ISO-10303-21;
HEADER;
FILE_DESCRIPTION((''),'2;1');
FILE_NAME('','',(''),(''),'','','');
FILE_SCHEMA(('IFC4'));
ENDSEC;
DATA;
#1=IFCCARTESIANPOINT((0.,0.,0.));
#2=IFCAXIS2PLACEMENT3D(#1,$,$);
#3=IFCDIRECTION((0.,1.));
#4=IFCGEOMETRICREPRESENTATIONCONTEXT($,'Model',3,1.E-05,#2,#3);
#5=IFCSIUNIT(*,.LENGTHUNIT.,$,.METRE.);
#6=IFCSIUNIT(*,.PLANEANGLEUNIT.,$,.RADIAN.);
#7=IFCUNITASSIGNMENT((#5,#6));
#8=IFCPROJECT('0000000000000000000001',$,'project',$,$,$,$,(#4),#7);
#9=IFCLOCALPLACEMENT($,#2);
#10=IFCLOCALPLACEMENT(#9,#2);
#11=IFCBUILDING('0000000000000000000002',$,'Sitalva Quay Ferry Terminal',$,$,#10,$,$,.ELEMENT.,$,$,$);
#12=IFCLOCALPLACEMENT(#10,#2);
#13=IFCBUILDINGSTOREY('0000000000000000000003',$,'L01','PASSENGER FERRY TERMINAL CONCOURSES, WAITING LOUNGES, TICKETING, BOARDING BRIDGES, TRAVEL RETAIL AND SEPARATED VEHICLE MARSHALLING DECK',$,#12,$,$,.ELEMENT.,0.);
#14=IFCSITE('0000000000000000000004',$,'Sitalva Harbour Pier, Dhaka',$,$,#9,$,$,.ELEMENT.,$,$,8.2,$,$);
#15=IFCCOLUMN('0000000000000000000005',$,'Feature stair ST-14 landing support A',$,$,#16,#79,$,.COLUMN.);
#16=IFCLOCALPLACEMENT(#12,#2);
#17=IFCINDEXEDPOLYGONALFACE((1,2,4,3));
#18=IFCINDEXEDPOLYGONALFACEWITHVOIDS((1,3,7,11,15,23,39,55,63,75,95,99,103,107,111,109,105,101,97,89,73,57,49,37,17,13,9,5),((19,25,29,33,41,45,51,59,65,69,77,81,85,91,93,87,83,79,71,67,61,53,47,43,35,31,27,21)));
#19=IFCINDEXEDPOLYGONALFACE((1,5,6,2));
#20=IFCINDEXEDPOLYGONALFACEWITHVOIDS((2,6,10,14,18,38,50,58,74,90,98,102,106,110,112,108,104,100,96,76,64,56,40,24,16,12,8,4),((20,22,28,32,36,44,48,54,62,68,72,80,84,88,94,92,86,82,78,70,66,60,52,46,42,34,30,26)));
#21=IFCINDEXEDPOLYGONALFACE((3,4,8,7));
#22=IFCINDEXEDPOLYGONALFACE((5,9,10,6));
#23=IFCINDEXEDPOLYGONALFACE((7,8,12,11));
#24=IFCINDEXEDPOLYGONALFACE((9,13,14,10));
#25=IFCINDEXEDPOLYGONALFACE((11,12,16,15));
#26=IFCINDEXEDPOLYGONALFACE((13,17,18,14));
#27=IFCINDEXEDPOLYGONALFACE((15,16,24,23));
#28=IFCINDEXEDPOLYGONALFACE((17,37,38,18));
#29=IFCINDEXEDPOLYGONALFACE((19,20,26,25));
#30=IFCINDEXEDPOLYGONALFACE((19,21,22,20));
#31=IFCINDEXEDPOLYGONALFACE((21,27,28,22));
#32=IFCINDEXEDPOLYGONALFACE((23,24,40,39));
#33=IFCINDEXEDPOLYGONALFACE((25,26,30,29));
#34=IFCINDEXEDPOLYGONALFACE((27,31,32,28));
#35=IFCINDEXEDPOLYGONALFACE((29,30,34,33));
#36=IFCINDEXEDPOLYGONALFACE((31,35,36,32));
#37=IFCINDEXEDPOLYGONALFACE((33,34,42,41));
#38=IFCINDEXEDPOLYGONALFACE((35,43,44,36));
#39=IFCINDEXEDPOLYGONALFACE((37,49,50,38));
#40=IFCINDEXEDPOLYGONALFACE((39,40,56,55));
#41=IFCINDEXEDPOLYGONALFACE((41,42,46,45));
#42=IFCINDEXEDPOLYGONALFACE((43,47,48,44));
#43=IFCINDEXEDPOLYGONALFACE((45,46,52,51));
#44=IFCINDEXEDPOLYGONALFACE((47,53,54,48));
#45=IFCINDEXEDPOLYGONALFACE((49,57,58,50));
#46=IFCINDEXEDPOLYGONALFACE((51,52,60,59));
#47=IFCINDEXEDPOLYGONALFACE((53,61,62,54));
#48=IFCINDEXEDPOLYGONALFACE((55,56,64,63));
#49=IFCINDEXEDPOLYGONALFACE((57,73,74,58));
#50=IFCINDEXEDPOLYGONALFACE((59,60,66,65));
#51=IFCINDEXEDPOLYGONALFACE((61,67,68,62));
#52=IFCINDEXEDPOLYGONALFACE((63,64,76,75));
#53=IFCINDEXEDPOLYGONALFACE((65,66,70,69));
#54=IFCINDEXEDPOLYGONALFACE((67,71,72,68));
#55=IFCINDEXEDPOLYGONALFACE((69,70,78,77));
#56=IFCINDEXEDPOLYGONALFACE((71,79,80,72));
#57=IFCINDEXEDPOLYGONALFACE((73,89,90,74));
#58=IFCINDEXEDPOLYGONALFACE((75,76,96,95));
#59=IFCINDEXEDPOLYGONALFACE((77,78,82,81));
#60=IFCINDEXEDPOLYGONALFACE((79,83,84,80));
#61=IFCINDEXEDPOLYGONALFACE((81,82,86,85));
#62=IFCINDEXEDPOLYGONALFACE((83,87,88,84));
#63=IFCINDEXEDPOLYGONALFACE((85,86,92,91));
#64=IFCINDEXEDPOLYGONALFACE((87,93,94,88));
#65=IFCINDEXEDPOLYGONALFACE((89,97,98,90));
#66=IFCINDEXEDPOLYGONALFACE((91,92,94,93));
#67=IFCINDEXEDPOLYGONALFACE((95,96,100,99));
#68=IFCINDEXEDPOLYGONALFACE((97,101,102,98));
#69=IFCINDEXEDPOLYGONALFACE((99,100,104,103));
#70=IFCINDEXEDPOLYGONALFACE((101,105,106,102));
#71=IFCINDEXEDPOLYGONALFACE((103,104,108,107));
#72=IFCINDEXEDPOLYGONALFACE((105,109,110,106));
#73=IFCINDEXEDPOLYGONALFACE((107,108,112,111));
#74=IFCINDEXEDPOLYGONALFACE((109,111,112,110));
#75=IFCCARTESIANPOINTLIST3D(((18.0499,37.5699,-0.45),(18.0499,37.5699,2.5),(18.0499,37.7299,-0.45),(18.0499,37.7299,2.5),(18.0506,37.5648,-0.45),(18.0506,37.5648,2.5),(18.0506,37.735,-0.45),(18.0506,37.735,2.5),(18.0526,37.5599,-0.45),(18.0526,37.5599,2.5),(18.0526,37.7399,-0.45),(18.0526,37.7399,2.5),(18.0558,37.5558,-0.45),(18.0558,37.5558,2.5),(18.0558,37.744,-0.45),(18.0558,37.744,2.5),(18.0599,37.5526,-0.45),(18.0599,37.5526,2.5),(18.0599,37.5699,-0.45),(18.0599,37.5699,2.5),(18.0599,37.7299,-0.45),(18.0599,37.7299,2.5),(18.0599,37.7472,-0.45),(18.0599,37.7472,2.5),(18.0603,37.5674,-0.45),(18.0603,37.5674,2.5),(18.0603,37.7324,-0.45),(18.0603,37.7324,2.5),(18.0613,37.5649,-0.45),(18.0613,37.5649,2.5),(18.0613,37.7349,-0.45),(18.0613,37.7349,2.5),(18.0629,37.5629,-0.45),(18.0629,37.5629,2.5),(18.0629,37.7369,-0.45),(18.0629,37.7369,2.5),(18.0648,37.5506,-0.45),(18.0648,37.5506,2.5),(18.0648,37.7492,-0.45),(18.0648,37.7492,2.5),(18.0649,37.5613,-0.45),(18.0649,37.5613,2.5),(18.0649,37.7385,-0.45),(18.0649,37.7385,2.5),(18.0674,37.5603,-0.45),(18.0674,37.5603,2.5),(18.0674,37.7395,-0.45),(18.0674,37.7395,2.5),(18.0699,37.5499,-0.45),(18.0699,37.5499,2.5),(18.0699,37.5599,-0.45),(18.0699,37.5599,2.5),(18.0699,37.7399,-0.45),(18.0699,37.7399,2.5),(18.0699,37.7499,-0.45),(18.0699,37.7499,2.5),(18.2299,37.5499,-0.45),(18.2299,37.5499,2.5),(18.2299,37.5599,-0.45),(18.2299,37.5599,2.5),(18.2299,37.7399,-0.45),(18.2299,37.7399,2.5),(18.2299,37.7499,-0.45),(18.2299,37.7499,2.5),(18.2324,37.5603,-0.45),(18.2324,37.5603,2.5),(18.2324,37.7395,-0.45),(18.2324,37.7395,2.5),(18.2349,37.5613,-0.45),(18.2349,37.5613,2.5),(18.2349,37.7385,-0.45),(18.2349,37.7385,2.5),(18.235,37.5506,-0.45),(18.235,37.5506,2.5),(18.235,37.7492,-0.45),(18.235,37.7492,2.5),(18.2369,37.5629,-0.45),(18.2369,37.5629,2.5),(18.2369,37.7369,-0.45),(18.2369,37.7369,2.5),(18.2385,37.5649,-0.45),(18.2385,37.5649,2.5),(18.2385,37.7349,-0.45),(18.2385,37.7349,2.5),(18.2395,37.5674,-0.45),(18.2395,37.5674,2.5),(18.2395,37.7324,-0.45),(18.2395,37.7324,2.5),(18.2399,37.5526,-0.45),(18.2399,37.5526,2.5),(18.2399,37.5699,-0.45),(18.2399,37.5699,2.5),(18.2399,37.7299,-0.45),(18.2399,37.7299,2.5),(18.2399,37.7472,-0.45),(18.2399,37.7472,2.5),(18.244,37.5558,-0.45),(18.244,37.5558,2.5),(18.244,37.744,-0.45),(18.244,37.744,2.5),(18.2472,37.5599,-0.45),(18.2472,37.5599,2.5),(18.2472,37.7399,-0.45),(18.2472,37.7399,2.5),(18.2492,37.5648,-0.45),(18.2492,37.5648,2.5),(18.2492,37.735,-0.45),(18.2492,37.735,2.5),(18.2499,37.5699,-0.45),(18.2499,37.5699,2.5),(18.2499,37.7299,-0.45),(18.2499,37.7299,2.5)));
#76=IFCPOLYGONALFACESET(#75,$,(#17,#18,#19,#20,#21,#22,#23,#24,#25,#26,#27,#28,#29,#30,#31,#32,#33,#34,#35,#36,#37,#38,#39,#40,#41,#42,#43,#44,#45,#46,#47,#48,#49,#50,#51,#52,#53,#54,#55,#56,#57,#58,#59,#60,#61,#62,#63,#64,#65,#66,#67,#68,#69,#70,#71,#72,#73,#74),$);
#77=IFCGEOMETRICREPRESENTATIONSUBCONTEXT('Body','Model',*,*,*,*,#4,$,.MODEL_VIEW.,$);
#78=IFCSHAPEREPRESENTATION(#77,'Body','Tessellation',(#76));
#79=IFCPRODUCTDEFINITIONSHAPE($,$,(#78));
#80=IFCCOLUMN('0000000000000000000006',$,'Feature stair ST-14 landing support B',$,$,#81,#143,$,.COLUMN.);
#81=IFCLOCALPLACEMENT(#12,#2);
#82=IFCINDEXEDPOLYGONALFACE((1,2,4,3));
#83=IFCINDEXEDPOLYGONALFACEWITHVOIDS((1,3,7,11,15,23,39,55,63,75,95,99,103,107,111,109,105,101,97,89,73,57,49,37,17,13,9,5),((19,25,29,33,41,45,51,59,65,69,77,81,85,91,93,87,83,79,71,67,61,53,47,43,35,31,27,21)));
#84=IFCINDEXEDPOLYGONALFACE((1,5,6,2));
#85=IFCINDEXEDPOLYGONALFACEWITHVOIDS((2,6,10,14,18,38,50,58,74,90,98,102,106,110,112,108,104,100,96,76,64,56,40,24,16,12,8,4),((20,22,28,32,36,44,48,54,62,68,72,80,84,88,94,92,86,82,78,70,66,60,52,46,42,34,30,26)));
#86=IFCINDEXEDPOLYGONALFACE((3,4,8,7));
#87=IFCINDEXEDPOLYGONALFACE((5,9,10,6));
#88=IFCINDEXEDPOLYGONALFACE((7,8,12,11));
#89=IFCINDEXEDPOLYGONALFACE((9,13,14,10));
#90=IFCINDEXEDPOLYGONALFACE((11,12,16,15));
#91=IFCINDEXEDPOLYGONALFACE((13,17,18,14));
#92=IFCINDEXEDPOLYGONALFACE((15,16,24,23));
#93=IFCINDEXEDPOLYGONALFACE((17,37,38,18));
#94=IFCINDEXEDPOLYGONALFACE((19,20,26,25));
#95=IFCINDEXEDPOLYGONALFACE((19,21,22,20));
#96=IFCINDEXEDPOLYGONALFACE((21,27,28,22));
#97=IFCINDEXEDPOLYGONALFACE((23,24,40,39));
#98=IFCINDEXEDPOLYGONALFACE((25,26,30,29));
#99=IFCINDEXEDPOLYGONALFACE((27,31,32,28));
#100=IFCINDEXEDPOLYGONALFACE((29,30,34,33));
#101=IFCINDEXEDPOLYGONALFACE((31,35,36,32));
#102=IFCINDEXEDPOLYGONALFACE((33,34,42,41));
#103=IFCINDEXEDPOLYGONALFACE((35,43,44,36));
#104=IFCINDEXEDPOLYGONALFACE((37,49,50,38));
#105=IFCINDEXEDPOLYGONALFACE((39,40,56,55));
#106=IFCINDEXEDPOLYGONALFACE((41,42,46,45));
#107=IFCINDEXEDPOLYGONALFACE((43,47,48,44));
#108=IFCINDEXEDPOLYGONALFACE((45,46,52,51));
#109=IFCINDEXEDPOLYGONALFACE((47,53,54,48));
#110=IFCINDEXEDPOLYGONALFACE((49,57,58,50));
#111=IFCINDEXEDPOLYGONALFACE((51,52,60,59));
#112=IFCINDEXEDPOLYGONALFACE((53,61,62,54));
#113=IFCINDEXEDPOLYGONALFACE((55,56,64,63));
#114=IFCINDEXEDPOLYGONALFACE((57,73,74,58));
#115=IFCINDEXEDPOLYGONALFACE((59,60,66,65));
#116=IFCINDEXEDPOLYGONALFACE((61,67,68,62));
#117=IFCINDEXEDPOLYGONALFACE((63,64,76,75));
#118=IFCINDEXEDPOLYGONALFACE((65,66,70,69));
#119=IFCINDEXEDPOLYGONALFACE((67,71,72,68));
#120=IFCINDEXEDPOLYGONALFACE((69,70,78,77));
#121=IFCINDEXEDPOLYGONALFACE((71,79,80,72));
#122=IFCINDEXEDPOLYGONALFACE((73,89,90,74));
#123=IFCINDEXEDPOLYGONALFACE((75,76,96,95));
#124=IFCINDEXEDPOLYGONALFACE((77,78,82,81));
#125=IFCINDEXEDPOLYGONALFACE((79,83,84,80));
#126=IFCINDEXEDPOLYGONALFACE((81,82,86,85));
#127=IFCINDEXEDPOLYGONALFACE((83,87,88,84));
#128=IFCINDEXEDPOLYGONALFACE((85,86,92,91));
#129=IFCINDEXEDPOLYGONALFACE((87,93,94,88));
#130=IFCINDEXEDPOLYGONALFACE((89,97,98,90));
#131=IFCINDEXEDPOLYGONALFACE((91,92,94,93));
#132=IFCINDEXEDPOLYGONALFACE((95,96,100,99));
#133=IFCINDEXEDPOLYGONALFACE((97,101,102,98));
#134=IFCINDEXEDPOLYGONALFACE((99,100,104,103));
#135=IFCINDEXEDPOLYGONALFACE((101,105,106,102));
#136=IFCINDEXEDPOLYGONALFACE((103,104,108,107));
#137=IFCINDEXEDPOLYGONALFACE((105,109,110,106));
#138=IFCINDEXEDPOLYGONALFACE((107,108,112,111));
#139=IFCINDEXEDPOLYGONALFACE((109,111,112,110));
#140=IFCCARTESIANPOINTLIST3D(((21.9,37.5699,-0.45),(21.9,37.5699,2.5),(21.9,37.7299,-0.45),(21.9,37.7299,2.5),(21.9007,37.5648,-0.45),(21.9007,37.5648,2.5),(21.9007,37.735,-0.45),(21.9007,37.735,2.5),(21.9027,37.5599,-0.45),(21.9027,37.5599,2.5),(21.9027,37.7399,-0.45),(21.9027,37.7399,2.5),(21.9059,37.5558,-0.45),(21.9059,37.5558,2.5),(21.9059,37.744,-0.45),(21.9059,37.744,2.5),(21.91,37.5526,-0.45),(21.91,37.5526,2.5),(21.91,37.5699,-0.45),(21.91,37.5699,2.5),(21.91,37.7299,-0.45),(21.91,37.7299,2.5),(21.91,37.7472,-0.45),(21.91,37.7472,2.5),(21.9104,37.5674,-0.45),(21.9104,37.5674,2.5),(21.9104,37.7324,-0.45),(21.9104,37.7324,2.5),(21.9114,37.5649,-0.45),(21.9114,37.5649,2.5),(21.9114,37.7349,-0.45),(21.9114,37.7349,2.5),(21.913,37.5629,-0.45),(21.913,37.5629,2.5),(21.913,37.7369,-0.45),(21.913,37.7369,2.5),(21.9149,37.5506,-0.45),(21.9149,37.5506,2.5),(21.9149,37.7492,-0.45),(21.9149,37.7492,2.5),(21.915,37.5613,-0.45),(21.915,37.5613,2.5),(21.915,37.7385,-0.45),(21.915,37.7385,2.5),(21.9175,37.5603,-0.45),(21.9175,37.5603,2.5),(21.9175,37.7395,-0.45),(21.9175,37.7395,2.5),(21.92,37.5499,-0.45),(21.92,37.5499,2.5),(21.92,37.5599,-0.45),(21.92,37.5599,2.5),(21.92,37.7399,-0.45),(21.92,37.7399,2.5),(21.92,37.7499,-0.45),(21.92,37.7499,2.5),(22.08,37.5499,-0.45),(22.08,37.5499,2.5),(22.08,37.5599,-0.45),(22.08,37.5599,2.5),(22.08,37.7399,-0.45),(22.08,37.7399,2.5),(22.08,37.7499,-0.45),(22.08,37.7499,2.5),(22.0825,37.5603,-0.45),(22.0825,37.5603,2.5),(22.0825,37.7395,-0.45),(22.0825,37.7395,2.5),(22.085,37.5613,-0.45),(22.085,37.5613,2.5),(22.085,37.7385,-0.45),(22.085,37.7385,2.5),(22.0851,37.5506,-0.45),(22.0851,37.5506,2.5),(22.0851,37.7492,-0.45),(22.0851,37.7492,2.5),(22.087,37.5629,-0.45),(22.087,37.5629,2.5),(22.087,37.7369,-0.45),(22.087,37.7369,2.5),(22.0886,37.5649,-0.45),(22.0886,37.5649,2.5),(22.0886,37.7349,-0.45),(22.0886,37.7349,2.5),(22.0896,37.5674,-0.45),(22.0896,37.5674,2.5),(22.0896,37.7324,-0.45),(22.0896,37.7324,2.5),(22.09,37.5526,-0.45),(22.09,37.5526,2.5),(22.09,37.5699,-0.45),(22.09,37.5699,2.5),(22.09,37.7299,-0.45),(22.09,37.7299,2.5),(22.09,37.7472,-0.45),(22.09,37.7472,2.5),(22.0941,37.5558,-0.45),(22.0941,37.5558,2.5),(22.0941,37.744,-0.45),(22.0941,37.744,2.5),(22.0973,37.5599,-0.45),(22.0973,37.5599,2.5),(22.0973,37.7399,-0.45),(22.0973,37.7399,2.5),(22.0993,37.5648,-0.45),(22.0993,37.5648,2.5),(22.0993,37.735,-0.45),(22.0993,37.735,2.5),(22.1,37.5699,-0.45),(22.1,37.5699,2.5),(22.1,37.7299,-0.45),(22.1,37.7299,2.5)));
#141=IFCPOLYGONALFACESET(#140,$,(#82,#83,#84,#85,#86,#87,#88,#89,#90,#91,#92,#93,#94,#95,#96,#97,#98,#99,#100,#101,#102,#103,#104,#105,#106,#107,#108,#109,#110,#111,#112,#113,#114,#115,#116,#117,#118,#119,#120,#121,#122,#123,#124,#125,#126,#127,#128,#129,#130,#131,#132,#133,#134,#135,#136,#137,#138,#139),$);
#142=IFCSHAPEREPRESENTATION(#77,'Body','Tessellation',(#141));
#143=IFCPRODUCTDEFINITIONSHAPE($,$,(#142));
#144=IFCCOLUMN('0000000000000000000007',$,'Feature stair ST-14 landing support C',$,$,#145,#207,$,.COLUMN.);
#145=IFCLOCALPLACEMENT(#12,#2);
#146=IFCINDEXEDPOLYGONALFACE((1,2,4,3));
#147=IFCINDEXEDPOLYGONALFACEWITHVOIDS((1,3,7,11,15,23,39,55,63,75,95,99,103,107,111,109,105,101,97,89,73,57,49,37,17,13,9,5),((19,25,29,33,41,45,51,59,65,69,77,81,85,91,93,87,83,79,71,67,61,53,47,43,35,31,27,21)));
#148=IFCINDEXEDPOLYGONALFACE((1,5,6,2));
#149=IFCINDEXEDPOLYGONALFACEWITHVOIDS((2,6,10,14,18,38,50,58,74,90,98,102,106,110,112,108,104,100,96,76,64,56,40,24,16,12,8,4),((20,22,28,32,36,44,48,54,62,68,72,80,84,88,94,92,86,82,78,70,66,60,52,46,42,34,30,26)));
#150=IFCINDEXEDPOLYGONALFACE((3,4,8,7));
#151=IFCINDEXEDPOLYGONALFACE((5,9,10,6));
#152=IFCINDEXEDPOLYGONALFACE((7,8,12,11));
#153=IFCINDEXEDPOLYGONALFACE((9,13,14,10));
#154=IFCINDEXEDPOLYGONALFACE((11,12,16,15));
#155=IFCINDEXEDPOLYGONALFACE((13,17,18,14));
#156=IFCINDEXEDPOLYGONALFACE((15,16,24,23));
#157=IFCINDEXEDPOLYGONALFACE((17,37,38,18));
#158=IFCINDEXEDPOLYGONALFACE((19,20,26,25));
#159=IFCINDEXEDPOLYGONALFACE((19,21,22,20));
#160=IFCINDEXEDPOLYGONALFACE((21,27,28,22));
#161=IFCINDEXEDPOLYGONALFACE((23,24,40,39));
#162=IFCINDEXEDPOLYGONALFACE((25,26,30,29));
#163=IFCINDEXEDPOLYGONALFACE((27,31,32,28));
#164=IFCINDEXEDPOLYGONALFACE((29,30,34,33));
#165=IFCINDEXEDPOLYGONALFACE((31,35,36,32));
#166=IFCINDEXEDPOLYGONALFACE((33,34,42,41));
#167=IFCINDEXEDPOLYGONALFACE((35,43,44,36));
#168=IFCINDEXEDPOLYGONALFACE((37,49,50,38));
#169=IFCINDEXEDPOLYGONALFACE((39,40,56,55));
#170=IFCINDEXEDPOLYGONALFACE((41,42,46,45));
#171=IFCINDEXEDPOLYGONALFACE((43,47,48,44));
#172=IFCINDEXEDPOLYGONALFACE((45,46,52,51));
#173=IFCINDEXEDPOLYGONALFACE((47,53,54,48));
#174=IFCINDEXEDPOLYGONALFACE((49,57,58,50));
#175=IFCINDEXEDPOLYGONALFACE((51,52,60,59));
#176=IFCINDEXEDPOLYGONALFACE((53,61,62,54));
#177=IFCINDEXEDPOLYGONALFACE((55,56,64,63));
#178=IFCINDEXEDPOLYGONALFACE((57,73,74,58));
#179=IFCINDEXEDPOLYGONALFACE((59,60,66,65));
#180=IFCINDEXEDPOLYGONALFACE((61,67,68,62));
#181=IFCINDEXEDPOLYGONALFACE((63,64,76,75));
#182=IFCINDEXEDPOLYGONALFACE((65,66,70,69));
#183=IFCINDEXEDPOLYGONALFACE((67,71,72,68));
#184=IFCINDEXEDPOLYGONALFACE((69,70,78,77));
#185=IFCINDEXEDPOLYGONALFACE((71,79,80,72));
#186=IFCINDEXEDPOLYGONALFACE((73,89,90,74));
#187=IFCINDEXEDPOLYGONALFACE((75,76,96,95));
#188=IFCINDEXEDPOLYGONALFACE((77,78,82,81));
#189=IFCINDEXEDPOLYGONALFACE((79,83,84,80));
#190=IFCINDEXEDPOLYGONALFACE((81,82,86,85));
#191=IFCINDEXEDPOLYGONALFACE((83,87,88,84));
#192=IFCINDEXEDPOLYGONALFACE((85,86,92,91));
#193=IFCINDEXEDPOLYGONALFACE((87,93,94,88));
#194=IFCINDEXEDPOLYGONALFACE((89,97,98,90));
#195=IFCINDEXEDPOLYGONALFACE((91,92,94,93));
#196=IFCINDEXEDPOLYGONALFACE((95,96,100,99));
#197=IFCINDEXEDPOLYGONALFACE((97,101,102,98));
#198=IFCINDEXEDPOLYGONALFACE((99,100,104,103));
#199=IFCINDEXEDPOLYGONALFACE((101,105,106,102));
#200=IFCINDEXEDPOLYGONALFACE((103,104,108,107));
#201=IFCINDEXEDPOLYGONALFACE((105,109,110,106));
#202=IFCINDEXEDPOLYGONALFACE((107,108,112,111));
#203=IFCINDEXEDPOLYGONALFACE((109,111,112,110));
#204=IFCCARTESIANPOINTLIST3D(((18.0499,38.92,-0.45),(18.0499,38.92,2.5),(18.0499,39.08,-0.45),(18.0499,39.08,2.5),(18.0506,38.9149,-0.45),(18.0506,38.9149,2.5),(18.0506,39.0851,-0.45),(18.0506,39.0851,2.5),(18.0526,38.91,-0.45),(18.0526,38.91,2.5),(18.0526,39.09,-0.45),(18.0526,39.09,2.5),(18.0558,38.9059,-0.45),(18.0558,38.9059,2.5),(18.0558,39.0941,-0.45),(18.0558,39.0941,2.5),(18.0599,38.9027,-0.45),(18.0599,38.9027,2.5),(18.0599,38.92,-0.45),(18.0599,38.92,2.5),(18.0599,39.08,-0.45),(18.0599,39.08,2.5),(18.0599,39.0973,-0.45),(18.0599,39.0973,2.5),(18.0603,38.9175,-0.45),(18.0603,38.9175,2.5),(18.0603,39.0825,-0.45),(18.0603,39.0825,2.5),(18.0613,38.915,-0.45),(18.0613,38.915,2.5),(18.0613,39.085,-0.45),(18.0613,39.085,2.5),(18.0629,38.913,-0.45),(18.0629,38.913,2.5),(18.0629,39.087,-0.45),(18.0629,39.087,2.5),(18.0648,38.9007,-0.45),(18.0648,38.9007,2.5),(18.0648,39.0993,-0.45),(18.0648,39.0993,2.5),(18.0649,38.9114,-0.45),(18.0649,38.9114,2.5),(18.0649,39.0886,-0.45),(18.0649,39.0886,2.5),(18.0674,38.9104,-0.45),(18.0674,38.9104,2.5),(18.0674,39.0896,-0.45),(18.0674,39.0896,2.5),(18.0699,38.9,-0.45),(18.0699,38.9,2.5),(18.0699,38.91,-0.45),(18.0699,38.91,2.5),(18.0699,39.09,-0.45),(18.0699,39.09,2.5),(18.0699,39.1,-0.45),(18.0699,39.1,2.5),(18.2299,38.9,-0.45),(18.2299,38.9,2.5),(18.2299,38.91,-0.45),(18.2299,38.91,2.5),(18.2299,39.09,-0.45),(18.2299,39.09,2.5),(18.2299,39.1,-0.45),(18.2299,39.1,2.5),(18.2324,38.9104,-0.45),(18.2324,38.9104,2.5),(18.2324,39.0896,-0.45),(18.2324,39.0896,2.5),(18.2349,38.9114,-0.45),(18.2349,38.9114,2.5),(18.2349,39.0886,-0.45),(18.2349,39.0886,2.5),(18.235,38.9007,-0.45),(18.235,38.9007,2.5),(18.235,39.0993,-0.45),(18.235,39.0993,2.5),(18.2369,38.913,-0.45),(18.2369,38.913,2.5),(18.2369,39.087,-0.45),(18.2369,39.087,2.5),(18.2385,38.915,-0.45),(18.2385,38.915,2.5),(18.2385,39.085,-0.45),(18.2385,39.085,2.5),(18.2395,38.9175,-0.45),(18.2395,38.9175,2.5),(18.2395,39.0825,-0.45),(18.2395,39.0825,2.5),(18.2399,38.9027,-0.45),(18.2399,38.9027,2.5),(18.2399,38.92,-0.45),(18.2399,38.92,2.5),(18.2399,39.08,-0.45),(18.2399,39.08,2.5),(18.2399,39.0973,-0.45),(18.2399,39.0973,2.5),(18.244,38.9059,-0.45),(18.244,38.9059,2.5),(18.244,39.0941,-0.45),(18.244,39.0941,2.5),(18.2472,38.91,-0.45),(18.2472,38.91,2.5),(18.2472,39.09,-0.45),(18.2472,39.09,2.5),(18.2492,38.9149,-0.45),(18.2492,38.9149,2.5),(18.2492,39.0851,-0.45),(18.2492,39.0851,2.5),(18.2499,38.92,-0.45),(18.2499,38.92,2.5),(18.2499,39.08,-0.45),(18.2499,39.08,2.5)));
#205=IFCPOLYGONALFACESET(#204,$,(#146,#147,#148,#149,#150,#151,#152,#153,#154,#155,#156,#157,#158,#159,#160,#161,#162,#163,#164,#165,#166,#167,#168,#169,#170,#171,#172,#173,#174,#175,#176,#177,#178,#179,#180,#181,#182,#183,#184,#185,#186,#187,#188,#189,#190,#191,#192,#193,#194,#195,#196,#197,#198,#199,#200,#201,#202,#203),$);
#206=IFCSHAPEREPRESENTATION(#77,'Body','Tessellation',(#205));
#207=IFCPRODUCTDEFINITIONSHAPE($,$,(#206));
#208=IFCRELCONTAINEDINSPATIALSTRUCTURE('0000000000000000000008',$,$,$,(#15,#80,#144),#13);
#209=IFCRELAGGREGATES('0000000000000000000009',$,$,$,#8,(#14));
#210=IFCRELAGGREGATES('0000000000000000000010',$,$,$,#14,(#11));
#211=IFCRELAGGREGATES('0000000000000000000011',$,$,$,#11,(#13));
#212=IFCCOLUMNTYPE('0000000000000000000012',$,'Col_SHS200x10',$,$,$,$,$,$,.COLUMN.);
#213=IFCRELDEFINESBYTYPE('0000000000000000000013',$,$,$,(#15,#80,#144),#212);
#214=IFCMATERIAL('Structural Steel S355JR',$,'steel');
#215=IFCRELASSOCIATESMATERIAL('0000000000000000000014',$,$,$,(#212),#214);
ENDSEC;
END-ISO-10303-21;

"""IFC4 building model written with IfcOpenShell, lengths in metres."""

from ifc_helpers import new_model, si_unit, direction, frame, origin, origin_2d, place, context, subcontext, project, spatial, hollow_rectangle, extrude, material, material_profile, profile_set, type_object, element, save


model = new_model("IFC4")

# Units and contexts
model_context = context("Model", 3, precision=1e-05, world=origin(), true_north=direction((0.0, 1.0)))
body_context = subcontext(model_context, "Body", "Model", "MODEL_VIEW")
ifc_project = project(units=[si_unit("LENGTHUNIT", "METRE"), si_unit("PLANEANGLEUNIT", "RADIAN")], contexts=[model_context])

# Site, building, storey
site_placement = place(None, origin())
site = spatial("IfcSite", under=ifc_project, at=site_placement, Name="Sitalva Harbour Pier, Dhaka", CompositionType="ELEMENT", RefElevation=8.2)
building_placement = place(site_placement, origin())
building = spatial("IfcBuilding", under=site, at=building_placement, Name="Sitalva Quay Ferry Terminal", CompositionType="ELEMENT")
storey_placement = place(building_placement, origin())
storey = spatial("IfcBuildingStorey", under=building, at=storey_placement, Name="L01", Description="PASSENGER FERRY TERMINAL CONCOURSES, WAITING LOUNGES, TICKETING, BOARDING BRIDGES, TRAVEL RETAIL AND SEPARATED VEHICLE MARSHALLING DECK", CompositionType="ELEMENT", Elevation=0.0)

# Columns
ifc_material_1 = material(Name="Structural Steel S355JR", Category="steel")
ifc_material_profile_1 = material_profile(ifc_material_1, hollow_rectangle(XDim=0.2, YDim=0.2, WallThickness=0.01, InnerFilletRadius=0.01, OuterFilletRadius=0.02, at=origin_2d()), Name="SHS200x200x10")
ifc_profile_set_1 = profile_set([ifc_material_profile_1], Name="Structural Steel S355JR")
column_type_1 = type_object("IfcColumnType", Name="Col_SHS200x10", PredefinedType="COLUMN", material=ifc_profile_set_1)
for number, where, z_axis, x_axis, name in (
    (1, (18.1499, 37.6499, -0.45), (0.0, 0.0, 1.0), (1.0, 0.0, 0.0), "Feature stair ST-14 landing support A"),
    (2, (22.0, 37.6499, -0.45), (0.0, 0.0, 1.0), (1.0, 0.0, 0.0), "Feature stair ST-14 landing support B"),
    (3, (18.1499, 39.0, -0.45), (0.0, 0.0, 1.0), (1.0, 0.0, 0.0), "Feature stair ST-14 landing support C"),
):
    element("IfcColumn", number, at=place(storey_placement, frame(where, z_axis=z_axis, x_axis=x_axis)), inside=storey, type_object=column_type_1, Name=name, PredefinedType="COLUMN", context=body_context, shape_type="SweptSolid", body=[
        extrude(hollow_rectangle(XDim=0.2, YDim=0.2, WallThickness=0.01, InnerFilletRadius=0.01, OuterFilletRadius=0.02, at=origin_2d()), origin(), (0.0, 0.0, 1.0), 2.95),
    ])

save(model, "model.ifc")
